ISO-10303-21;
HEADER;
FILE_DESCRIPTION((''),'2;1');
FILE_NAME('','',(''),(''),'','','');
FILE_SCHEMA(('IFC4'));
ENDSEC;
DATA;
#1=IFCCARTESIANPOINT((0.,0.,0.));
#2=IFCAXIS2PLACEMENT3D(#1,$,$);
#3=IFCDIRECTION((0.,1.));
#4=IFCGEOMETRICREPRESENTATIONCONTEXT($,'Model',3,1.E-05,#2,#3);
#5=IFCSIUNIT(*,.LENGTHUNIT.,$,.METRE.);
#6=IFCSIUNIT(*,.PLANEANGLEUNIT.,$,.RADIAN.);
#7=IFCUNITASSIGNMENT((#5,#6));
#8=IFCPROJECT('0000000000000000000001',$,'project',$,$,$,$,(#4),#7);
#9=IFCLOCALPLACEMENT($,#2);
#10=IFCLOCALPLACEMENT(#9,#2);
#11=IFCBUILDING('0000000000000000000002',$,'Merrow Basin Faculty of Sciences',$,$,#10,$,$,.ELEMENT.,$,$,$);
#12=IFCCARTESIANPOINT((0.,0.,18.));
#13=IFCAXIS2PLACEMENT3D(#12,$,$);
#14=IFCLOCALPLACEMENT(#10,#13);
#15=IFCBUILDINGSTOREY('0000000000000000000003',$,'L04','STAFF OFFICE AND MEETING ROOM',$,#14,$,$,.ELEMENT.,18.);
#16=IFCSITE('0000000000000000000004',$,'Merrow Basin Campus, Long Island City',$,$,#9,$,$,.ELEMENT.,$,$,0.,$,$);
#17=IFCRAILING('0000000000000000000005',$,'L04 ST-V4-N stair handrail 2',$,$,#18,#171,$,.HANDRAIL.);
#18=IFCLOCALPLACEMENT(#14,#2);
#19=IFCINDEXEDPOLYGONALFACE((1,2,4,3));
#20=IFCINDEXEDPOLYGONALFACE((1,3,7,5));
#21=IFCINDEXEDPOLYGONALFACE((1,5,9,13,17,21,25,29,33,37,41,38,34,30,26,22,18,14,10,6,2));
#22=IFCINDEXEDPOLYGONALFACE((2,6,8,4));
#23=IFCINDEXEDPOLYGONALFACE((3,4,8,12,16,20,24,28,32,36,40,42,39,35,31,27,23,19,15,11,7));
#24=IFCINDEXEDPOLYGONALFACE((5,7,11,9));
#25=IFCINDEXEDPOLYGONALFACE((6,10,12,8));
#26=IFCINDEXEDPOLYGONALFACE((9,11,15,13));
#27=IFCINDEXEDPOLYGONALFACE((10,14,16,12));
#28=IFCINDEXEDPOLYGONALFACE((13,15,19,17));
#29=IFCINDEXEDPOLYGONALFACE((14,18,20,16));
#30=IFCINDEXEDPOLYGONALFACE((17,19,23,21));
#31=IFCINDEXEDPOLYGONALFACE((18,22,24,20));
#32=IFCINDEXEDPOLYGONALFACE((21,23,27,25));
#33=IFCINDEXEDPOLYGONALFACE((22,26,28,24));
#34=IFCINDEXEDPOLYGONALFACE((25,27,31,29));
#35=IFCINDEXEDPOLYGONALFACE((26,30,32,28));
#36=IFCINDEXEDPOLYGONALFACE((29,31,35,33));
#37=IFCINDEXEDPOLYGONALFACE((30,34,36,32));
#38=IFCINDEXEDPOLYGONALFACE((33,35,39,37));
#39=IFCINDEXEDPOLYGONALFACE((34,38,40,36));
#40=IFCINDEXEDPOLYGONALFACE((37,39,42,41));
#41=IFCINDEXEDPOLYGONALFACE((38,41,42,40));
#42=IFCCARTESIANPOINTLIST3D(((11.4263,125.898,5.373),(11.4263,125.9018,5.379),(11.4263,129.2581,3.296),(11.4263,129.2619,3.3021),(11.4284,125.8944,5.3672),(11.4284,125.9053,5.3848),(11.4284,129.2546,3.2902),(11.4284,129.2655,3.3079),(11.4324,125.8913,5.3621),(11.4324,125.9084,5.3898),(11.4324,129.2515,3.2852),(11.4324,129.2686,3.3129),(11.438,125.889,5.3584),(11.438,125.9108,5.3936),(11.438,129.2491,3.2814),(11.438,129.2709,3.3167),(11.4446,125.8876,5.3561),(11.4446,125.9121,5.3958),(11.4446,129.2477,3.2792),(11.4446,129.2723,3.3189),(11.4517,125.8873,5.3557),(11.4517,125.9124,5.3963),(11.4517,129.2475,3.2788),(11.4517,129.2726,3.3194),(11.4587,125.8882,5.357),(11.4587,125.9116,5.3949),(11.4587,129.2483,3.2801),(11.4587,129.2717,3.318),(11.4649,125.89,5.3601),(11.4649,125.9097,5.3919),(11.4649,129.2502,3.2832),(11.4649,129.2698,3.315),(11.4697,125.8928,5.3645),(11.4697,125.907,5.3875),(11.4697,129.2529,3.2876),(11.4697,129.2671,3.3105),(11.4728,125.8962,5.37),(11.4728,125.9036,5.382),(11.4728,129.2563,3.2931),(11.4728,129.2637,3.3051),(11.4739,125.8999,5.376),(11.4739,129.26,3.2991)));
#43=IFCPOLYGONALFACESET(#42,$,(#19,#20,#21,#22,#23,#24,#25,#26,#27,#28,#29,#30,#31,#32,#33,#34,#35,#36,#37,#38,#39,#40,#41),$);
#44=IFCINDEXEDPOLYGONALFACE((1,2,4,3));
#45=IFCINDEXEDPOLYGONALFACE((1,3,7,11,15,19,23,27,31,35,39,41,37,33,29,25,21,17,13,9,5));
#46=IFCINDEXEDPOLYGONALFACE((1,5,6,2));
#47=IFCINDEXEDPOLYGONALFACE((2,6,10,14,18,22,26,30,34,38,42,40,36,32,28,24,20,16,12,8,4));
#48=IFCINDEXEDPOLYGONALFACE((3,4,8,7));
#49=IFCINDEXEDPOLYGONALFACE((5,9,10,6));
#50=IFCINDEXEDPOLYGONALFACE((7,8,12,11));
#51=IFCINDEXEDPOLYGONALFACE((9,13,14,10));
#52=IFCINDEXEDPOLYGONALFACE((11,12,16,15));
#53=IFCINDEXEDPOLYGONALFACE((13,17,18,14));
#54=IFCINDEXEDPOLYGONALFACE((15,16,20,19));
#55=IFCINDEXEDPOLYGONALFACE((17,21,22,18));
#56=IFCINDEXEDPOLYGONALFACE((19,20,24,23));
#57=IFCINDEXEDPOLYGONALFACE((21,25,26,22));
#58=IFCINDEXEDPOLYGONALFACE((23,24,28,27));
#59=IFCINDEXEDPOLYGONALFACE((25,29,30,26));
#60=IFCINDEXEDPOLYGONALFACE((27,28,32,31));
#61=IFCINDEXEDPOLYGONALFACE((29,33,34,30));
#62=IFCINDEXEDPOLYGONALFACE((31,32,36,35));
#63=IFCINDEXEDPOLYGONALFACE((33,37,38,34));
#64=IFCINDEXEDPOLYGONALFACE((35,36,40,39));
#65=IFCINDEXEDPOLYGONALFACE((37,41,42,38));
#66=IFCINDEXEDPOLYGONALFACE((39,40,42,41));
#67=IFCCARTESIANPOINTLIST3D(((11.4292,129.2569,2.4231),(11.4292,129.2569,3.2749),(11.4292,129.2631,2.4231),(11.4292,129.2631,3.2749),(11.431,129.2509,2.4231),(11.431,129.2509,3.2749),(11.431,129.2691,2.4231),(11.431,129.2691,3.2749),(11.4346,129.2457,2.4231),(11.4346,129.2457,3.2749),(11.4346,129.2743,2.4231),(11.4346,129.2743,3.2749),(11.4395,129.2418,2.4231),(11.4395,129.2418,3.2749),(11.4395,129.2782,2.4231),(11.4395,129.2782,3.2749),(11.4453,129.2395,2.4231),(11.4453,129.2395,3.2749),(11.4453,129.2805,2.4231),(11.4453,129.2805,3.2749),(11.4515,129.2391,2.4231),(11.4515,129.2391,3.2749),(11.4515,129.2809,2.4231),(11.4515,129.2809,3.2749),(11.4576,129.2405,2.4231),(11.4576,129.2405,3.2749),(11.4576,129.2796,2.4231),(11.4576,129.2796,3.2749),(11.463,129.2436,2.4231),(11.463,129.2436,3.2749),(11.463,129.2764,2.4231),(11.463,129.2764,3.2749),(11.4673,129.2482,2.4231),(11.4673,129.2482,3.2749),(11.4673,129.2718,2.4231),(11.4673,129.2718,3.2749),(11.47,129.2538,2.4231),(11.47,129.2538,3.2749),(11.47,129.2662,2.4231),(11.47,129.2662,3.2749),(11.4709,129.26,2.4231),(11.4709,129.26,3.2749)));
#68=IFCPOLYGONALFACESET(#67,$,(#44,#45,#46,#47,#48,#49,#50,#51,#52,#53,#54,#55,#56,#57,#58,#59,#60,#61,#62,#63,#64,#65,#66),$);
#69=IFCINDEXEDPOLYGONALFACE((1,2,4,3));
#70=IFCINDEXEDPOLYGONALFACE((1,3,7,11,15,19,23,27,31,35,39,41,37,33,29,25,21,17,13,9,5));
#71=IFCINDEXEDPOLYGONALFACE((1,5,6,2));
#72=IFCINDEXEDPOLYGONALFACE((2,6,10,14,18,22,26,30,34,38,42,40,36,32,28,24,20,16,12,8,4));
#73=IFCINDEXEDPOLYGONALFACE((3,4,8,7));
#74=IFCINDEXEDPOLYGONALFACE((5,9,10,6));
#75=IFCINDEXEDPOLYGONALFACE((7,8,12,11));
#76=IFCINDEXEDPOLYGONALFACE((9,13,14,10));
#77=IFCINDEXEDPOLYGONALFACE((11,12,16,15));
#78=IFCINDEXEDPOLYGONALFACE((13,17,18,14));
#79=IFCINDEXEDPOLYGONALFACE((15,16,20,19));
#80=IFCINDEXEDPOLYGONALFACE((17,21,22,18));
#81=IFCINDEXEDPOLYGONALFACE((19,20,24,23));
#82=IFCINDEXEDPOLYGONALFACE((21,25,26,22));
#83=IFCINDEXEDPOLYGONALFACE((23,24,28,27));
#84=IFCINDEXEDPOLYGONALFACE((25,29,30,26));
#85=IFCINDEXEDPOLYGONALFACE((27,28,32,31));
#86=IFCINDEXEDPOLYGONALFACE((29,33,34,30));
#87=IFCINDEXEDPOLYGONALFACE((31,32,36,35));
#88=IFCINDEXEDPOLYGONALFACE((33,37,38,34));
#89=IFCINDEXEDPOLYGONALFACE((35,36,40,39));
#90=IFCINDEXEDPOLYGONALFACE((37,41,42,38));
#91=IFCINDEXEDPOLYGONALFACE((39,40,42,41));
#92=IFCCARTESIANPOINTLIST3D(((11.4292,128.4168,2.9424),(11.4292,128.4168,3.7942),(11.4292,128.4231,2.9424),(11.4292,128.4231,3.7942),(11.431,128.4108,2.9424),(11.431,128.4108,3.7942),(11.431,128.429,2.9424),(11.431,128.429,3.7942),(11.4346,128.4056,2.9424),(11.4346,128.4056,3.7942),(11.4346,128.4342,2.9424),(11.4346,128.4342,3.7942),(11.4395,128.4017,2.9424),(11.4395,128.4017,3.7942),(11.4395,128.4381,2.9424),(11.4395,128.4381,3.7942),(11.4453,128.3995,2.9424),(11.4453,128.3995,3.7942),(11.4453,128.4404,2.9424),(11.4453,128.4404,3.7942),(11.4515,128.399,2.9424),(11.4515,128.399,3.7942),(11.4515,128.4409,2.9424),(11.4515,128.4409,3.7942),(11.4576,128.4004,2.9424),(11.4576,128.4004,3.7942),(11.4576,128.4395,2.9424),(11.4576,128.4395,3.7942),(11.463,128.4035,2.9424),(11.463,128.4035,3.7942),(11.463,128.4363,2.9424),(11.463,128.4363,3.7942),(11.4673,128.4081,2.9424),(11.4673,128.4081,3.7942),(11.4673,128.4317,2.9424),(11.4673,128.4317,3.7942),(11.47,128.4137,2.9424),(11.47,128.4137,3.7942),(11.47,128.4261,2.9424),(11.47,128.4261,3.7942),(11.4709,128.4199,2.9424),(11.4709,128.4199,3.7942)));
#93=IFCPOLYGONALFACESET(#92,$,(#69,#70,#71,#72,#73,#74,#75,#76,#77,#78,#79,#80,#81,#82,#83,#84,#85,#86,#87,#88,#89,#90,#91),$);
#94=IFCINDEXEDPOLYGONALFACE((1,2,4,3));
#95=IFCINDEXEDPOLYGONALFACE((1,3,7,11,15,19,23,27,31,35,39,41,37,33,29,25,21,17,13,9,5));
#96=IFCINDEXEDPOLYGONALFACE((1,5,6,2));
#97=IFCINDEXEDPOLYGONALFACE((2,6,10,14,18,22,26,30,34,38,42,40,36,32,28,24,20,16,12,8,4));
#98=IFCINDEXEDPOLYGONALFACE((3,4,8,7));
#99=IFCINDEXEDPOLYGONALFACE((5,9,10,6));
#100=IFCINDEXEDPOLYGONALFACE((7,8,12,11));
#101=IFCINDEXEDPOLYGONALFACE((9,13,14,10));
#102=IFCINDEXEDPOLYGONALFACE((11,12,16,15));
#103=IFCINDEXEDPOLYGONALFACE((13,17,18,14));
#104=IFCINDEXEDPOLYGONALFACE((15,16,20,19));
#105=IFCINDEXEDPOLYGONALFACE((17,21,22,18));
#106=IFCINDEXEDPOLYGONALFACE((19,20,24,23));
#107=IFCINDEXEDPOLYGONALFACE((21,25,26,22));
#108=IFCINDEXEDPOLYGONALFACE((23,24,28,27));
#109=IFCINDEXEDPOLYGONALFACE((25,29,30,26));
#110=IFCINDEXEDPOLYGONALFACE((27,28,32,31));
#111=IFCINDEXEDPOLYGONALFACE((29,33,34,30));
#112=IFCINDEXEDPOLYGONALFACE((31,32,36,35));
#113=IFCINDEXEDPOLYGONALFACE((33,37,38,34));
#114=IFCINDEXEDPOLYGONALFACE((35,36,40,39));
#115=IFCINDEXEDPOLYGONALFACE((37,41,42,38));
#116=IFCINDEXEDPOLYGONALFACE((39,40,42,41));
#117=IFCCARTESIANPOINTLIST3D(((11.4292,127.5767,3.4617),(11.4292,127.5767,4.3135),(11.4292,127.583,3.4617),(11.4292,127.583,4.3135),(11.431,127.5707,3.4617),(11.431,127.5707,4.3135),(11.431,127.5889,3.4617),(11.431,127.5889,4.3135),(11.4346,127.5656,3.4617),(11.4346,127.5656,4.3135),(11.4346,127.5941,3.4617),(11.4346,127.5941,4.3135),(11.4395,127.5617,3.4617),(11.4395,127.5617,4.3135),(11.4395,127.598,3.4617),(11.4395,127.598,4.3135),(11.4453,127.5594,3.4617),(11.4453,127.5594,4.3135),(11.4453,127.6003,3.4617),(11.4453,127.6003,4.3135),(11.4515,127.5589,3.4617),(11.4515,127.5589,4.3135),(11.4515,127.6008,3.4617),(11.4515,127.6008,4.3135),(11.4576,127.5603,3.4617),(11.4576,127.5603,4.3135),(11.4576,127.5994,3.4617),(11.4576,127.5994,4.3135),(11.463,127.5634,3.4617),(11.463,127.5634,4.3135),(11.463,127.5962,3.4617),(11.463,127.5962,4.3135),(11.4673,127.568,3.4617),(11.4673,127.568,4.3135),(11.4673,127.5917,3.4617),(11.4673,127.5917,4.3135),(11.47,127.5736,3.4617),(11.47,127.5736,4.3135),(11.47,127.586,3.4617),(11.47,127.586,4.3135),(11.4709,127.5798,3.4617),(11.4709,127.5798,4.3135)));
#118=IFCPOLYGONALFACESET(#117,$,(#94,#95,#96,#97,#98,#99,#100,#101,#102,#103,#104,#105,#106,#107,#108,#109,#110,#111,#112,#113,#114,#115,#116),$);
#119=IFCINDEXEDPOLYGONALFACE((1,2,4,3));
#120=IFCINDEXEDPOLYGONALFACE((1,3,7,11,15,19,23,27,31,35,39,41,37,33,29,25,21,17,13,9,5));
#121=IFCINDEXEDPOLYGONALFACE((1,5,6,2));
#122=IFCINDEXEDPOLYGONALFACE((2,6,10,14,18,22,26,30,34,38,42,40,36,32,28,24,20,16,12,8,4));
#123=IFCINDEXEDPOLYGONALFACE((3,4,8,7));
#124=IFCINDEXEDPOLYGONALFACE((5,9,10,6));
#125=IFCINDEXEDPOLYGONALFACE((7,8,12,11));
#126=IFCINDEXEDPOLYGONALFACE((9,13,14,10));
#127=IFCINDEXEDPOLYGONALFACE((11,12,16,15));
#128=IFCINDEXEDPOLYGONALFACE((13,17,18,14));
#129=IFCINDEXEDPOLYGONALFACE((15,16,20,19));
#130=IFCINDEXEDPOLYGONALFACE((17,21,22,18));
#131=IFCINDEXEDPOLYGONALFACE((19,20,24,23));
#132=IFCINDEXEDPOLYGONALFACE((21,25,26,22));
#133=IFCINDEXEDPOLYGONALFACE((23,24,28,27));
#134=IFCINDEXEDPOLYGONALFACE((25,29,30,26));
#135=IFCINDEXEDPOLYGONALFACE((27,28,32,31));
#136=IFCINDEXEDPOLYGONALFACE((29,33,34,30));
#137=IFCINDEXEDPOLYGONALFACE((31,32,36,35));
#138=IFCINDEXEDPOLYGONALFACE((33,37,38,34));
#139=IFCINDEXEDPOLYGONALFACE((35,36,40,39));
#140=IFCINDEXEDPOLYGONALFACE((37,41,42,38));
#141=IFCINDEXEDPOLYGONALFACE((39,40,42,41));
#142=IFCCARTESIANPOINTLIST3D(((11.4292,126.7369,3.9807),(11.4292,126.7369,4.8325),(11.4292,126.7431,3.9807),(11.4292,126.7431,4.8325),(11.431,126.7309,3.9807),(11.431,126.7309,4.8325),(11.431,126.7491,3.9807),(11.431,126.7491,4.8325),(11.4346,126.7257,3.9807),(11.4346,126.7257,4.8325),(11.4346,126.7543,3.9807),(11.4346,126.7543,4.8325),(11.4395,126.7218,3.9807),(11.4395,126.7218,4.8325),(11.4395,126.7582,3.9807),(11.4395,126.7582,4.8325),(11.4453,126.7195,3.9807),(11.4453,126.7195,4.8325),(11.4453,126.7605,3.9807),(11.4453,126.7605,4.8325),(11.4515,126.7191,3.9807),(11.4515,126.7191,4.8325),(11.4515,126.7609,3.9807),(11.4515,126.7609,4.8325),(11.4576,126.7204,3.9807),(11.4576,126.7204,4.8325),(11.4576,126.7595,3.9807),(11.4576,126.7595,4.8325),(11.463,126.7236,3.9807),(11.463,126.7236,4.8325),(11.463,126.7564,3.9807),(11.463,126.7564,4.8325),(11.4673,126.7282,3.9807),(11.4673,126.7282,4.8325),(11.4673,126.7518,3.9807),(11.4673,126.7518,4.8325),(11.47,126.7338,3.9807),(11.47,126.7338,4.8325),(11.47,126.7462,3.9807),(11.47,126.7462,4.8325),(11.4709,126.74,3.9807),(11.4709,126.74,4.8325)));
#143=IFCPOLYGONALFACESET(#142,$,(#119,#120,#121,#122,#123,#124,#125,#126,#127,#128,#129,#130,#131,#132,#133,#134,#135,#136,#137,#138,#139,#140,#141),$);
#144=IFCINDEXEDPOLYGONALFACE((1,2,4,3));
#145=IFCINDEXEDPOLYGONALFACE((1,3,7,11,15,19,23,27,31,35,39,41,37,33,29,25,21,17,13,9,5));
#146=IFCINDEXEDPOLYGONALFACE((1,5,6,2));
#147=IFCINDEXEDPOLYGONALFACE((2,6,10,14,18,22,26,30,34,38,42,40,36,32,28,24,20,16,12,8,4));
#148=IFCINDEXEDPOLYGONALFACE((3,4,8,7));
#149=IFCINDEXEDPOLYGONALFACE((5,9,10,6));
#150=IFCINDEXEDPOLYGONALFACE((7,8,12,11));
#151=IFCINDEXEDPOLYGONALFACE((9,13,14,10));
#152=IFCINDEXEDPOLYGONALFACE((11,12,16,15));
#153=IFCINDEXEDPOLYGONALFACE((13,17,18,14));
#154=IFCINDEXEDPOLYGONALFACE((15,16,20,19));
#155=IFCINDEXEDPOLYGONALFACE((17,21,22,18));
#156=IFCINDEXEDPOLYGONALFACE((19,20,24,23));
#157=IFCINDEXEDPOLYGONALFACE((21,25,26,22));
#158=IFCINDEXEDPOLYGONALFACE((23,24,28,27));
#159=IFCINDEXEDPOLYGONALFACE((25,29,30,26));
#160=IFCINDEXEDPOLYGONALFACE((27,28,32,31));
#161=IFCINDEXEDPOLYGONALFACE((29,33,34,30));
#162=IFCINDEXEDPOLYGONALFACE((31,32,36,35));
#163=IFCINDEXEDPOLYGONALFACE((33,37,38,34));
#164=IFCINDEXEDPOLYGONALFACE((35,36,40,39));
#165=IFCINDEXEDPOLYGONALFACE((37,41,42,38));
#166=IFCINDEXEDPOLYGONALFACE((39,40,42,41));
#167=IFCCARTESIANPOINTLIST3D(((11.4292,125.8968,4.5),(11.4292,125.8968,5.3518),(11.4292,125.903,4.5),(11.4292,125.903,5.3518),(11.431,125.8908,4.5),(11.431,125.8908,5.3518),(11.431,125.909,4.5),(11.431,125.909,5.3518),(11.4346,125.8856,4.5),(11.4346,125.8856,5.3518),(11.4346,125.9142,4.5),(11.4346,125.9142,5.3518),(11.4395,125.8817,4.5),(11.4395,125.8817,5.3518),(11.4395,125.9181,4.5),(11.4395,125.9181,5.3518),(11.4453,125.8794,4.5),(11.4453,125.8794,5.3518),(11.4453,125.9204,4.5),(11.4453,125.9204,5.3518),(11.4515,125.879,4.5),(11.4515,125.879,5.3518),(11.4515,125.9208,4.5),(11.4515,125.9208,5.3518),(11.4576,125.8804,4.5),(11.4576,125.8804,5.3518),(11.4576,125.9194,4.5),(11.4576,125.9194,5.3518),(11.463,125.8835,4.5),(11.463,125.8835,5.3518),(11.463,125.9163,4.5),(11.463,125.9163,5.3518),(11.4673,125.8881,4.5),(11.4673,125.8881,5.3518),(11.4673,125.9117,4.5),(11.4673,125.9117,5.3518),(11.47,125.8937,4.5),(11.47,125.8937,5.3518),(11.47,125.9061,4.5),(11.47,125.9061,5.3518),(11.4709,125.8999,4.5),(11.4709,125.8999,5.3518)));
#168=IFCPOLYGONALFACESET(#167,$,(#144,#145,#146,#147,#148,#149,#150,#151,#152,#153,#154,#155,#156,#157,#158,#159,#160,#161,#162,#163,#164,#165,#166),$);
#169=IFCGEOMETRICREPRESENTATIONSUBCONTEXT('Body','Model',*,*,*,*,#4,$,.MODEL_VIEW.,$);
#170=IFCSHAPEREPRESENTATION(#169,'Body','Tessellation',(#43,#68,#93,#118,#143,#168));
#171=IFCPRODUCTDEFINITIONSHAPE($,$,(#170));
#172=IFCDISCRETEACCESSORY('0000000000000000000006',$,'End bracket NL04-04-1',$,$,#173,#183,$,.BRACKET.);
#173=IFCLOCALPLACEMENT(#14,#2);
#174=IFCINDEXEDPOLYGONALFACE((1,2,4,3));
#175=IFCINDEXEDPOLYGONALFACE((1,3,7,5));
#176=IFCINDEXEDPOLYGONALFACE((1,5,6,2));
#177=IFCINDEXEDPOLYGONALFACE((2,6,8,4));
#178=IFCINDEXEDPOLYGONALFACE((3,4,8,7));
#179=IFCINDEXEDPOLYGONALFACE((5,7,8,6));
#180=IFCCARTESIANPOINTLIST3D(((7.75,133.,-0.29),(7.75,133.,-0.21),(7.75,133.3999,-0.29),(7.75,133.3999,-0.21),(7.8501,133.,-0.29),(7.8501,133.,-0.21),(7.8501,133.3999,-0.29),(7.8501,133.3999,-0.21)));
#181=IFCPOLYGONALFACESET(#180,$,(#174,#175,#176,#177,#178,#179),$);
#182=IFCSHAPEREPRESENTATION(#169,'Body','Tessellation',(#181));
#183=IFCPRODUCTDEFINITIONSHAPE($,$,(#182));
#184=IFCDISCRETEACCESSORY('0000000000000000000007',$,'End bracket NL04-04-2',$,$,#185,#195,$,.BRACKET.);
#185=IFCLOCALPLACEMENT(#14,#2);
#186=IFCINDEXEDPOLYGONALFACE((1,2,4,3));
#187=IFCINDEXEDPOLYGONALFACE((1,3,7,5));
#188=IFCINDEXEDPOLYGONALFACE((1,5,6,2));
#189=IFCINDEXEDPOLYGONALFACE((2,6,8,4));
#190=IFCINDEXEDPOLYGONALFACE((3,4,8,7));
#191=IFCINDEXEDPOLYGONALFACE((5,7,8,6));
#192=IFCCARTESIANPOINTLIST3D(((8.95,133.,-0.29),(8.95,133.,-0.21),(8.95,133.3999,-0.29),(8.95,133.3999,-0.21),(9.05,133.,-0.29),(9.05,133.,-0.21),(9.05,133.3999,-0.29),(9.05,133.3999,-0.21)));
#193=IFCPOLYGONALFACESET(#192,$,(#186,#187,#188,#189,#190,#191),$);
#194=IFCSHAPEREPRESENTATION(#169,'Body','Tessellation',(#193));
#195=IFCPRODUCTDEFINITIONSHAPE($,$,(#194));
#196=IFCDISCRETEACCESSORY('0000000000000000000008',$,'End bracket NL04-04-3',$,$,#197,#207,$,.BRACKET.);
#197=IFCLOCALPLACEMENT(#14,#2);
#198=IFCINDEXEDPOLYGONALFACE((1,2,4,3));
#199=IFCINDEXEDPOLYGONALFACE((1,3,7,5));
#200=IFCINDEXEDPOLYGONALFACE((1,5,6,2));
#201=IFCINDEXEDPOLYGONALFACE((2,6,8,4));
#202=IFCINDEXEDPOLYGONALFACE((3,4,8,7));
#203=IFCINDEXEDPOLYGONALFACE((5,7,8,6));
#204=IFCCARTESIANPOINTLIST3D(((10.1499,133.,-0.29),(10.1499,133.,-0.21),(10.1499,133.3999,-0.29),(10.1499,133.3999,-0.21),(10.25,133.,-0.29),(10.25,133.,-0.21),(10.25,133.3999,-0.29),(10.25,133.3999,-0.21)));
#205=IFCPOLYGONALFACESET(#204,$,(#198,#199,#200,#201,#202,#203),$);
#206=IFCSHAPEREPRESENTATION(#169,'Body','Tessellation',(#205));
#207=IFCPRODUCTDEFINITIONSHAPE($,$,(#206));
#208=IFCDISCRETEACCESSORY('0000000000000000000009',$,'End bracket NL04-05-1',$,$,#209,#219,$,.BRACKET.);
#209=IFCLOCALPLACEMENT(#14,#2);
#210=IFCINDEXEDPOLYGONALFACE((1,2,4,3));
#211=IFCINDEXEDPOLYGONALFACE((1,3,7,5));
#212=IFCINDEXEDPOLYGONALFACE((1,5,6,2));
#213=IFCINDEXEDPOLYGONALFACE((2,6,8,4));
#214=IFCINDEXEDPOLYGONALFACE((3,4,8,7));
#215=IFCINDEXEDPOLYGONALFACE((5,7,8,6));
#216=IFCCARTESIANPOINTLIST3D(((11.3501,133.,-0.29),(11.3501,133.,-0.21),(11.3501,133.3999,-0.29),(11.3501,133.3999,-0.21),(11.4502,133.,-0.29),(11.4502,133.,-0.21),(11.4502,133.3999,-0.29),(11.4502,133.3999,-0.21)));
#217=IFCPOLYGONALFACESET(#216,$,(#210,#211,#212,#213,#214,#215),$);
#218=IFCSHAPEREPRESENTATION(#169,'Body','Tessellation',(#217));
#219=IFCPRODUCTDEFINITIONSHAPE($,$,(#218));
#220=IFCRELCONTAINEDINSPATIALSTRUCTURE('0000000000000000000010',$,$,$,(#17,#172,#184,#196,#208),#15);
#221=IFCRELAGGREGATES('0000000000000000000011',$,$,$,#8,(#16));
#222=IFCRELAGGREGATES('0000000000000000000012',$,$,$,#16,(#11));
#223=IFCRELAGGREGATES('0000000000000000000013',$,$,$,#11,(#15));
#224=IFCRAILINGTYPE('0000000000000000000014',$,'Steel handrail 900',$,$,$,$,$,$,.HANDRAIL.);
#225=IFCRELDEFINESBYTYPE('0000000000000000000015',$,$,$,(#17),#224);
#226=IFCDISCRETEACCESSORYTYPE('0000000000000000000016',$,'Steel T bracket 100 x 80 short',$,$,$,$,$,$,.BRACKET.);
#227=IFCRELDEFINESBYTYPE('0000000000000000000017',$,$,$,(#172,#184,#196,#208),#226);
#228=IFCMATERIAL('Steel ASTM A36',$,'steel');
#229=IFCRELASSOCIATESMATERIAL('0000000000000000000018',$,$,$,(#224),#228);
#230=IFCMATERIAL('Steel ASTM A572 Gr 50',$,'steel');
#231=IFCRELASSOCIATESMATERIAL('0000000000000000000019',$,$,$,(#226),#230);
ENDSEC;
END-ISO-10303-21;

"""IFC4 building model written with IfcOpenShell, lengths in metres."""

from ifc_helpers import new_model, si_unit, direction, frame, origin, origin_2d, place, context, subcontext, project, spatial, polyline, circle, outline, extrude, source, transform, mapped, material, type_object, element, save


model = new_model("IFC4")

# Units and contexts
model_context = context("Model", 3, precision=1e-05, world=origin(), true_north=direction((0.0, 1.0)))
body_context = subcontext(model_context, "Body", "Model", "MODEL_VIEW")
ifc_project = project(units=[si_unit("LENGTHUNIT", "METRE"), si_unit("PLANEANGLEUNIT", "RADIAN")], contexts=[model_context])

# Site, building, storey
site_placement = place(None, origin())
site = spatial("IfcSite", under=ifc_project, at=site_placement, Name="Merrow Basin Campus, Long Island City", CompositionType="ELEMENT", RefElevation=0.0)
building_placement = place(site_placement, origin())
building = spatial("IfcBuilding", under=site, at=building_placement, Name="Merrow Basin Faculty of Sciences", CompositionType="ELEMENT")
storey_placement = place(building_placement, frame((0.0, 0.0, 18.0)))
storey = spatial("IfcBuildingStorey", under=building, at=storey_placement, Name="L04", Description="STAFF OFFICE AND MEETING ROOM", CompositionType="ELEMENT", Elevation=18.0)

# Railing
ifc_material_1 = material(Name="Steel ASTM A36", Category="steel")
railing_type_1 = type_object("IfcRailingType", Name="Steel handrail 900", PredefinedType="HANDRAIL", material=ifc_material_1)
railing_1_placement = place(storey_placement, frame((11.45, 129.26, 2.4231)))
element("IfcRailing", 1, at=railing_1_placement, inside=storey, type_object=railing_type_1, Name="L04 ST-V4-N stair handrail 2", PredefinedType="HANDRAIL", context=body_context, shape_type="SweptSolid", body=[
    extrude(circle(Radius=0.0239, at=origin_2d()), frame((0.0, 0.0, 0.876), z_axis=(0.0, -0.850623, 0.525776), x_axis=(1.0, 0.0, 0.0)), (0.0, 0.0, 1.0), 3.9502),
    extrude(circle(Radius=0.021, at=origin_2d()), origin(), (0.0, 0.0, 1.0), 0.8518),
    extrude(circle(Radius=0.021, at=origin_2d()), frame((0.0, -0.8401, 0.5193)), (0.0, 0.0, 1.0), 0.8518),
    extrude(circle(Radius=0.021, at=origin_2d()), frame((0.0, -1.6802, 1.0386)), (0.0, 0.0, 1.0), 0.8518),
    extrude(circle(Radius=0.021, at=origin_2d()), frame((0.0, -2.52, 1.5576)), (0.0, 0.0, 1.0), 0.8518),
    extrude(circle(Radius=0.021, at=origin_2d()), frame((0.0, -3.3601, 2.0769)), (0.0, 0.0, 1.0), 0.8518),
])

# Discrete accessories
ifc_material_2 = material(Name="Steel ASTM A572 Gr 50", Category="steel")
discrete_accessory_type = type_object("IfcDiscreteAccessoryType", Name="Steel T bracket 100 x 80 short", PredefinedType="BRACKET", material=ifc_material_2)
shared_shape_1 = source(origin(), body_context, "Body", "SweptSolid", [
    extrude(outline(polyline([(0.0, 0.0), (0.1001, 0.0), (0.1001, 0.0801), (0.0, 0.0801), (0.0, 0.0)])), origin(), (0.0, 0.0, 1.0), 0.3999),
])
for number, where, z_axis, x_axis, name in (
    (2, (7.75, 133.3999, -0.29), (0.0, -1.0, 0.0), (1.0, 0.0, 0.0), "End bracket NL04-04-1"),
    (3, (8.95, 133.3999, -0.29), (0.0, -1.0, 0.0), (1.0, 0.0, 0.0), "End bracket NL04-04-2"),
    (4, (10.1499, 133.3999, -0.29), (0.0, -1.0, 0.0), (1.0, 0.0, 0.0), "End bracket NL04-04-3"),
    (5, (11.3501, 133.3999, -0.29), (0.0, -1.0, 0.0), (1.0, 0.0, 0.0), "End bracket NL04-05-1"),
):
    element("IfcDiscreteAccessory", number, at=place(storey_placement, frame(where, z_axis=z_axis, x_axis=x_axis)), inside=storey, type_object=discrete_accessory_type, Name=name, PredefinedType="BRACKET", context=body_context, shape_type="MappedRepresentation", body=[
        mapped(shared_shape_1, transform((0.0, 0.0, 0.0), scale=1.0)),
    ])

save(model, "model.ifc")
